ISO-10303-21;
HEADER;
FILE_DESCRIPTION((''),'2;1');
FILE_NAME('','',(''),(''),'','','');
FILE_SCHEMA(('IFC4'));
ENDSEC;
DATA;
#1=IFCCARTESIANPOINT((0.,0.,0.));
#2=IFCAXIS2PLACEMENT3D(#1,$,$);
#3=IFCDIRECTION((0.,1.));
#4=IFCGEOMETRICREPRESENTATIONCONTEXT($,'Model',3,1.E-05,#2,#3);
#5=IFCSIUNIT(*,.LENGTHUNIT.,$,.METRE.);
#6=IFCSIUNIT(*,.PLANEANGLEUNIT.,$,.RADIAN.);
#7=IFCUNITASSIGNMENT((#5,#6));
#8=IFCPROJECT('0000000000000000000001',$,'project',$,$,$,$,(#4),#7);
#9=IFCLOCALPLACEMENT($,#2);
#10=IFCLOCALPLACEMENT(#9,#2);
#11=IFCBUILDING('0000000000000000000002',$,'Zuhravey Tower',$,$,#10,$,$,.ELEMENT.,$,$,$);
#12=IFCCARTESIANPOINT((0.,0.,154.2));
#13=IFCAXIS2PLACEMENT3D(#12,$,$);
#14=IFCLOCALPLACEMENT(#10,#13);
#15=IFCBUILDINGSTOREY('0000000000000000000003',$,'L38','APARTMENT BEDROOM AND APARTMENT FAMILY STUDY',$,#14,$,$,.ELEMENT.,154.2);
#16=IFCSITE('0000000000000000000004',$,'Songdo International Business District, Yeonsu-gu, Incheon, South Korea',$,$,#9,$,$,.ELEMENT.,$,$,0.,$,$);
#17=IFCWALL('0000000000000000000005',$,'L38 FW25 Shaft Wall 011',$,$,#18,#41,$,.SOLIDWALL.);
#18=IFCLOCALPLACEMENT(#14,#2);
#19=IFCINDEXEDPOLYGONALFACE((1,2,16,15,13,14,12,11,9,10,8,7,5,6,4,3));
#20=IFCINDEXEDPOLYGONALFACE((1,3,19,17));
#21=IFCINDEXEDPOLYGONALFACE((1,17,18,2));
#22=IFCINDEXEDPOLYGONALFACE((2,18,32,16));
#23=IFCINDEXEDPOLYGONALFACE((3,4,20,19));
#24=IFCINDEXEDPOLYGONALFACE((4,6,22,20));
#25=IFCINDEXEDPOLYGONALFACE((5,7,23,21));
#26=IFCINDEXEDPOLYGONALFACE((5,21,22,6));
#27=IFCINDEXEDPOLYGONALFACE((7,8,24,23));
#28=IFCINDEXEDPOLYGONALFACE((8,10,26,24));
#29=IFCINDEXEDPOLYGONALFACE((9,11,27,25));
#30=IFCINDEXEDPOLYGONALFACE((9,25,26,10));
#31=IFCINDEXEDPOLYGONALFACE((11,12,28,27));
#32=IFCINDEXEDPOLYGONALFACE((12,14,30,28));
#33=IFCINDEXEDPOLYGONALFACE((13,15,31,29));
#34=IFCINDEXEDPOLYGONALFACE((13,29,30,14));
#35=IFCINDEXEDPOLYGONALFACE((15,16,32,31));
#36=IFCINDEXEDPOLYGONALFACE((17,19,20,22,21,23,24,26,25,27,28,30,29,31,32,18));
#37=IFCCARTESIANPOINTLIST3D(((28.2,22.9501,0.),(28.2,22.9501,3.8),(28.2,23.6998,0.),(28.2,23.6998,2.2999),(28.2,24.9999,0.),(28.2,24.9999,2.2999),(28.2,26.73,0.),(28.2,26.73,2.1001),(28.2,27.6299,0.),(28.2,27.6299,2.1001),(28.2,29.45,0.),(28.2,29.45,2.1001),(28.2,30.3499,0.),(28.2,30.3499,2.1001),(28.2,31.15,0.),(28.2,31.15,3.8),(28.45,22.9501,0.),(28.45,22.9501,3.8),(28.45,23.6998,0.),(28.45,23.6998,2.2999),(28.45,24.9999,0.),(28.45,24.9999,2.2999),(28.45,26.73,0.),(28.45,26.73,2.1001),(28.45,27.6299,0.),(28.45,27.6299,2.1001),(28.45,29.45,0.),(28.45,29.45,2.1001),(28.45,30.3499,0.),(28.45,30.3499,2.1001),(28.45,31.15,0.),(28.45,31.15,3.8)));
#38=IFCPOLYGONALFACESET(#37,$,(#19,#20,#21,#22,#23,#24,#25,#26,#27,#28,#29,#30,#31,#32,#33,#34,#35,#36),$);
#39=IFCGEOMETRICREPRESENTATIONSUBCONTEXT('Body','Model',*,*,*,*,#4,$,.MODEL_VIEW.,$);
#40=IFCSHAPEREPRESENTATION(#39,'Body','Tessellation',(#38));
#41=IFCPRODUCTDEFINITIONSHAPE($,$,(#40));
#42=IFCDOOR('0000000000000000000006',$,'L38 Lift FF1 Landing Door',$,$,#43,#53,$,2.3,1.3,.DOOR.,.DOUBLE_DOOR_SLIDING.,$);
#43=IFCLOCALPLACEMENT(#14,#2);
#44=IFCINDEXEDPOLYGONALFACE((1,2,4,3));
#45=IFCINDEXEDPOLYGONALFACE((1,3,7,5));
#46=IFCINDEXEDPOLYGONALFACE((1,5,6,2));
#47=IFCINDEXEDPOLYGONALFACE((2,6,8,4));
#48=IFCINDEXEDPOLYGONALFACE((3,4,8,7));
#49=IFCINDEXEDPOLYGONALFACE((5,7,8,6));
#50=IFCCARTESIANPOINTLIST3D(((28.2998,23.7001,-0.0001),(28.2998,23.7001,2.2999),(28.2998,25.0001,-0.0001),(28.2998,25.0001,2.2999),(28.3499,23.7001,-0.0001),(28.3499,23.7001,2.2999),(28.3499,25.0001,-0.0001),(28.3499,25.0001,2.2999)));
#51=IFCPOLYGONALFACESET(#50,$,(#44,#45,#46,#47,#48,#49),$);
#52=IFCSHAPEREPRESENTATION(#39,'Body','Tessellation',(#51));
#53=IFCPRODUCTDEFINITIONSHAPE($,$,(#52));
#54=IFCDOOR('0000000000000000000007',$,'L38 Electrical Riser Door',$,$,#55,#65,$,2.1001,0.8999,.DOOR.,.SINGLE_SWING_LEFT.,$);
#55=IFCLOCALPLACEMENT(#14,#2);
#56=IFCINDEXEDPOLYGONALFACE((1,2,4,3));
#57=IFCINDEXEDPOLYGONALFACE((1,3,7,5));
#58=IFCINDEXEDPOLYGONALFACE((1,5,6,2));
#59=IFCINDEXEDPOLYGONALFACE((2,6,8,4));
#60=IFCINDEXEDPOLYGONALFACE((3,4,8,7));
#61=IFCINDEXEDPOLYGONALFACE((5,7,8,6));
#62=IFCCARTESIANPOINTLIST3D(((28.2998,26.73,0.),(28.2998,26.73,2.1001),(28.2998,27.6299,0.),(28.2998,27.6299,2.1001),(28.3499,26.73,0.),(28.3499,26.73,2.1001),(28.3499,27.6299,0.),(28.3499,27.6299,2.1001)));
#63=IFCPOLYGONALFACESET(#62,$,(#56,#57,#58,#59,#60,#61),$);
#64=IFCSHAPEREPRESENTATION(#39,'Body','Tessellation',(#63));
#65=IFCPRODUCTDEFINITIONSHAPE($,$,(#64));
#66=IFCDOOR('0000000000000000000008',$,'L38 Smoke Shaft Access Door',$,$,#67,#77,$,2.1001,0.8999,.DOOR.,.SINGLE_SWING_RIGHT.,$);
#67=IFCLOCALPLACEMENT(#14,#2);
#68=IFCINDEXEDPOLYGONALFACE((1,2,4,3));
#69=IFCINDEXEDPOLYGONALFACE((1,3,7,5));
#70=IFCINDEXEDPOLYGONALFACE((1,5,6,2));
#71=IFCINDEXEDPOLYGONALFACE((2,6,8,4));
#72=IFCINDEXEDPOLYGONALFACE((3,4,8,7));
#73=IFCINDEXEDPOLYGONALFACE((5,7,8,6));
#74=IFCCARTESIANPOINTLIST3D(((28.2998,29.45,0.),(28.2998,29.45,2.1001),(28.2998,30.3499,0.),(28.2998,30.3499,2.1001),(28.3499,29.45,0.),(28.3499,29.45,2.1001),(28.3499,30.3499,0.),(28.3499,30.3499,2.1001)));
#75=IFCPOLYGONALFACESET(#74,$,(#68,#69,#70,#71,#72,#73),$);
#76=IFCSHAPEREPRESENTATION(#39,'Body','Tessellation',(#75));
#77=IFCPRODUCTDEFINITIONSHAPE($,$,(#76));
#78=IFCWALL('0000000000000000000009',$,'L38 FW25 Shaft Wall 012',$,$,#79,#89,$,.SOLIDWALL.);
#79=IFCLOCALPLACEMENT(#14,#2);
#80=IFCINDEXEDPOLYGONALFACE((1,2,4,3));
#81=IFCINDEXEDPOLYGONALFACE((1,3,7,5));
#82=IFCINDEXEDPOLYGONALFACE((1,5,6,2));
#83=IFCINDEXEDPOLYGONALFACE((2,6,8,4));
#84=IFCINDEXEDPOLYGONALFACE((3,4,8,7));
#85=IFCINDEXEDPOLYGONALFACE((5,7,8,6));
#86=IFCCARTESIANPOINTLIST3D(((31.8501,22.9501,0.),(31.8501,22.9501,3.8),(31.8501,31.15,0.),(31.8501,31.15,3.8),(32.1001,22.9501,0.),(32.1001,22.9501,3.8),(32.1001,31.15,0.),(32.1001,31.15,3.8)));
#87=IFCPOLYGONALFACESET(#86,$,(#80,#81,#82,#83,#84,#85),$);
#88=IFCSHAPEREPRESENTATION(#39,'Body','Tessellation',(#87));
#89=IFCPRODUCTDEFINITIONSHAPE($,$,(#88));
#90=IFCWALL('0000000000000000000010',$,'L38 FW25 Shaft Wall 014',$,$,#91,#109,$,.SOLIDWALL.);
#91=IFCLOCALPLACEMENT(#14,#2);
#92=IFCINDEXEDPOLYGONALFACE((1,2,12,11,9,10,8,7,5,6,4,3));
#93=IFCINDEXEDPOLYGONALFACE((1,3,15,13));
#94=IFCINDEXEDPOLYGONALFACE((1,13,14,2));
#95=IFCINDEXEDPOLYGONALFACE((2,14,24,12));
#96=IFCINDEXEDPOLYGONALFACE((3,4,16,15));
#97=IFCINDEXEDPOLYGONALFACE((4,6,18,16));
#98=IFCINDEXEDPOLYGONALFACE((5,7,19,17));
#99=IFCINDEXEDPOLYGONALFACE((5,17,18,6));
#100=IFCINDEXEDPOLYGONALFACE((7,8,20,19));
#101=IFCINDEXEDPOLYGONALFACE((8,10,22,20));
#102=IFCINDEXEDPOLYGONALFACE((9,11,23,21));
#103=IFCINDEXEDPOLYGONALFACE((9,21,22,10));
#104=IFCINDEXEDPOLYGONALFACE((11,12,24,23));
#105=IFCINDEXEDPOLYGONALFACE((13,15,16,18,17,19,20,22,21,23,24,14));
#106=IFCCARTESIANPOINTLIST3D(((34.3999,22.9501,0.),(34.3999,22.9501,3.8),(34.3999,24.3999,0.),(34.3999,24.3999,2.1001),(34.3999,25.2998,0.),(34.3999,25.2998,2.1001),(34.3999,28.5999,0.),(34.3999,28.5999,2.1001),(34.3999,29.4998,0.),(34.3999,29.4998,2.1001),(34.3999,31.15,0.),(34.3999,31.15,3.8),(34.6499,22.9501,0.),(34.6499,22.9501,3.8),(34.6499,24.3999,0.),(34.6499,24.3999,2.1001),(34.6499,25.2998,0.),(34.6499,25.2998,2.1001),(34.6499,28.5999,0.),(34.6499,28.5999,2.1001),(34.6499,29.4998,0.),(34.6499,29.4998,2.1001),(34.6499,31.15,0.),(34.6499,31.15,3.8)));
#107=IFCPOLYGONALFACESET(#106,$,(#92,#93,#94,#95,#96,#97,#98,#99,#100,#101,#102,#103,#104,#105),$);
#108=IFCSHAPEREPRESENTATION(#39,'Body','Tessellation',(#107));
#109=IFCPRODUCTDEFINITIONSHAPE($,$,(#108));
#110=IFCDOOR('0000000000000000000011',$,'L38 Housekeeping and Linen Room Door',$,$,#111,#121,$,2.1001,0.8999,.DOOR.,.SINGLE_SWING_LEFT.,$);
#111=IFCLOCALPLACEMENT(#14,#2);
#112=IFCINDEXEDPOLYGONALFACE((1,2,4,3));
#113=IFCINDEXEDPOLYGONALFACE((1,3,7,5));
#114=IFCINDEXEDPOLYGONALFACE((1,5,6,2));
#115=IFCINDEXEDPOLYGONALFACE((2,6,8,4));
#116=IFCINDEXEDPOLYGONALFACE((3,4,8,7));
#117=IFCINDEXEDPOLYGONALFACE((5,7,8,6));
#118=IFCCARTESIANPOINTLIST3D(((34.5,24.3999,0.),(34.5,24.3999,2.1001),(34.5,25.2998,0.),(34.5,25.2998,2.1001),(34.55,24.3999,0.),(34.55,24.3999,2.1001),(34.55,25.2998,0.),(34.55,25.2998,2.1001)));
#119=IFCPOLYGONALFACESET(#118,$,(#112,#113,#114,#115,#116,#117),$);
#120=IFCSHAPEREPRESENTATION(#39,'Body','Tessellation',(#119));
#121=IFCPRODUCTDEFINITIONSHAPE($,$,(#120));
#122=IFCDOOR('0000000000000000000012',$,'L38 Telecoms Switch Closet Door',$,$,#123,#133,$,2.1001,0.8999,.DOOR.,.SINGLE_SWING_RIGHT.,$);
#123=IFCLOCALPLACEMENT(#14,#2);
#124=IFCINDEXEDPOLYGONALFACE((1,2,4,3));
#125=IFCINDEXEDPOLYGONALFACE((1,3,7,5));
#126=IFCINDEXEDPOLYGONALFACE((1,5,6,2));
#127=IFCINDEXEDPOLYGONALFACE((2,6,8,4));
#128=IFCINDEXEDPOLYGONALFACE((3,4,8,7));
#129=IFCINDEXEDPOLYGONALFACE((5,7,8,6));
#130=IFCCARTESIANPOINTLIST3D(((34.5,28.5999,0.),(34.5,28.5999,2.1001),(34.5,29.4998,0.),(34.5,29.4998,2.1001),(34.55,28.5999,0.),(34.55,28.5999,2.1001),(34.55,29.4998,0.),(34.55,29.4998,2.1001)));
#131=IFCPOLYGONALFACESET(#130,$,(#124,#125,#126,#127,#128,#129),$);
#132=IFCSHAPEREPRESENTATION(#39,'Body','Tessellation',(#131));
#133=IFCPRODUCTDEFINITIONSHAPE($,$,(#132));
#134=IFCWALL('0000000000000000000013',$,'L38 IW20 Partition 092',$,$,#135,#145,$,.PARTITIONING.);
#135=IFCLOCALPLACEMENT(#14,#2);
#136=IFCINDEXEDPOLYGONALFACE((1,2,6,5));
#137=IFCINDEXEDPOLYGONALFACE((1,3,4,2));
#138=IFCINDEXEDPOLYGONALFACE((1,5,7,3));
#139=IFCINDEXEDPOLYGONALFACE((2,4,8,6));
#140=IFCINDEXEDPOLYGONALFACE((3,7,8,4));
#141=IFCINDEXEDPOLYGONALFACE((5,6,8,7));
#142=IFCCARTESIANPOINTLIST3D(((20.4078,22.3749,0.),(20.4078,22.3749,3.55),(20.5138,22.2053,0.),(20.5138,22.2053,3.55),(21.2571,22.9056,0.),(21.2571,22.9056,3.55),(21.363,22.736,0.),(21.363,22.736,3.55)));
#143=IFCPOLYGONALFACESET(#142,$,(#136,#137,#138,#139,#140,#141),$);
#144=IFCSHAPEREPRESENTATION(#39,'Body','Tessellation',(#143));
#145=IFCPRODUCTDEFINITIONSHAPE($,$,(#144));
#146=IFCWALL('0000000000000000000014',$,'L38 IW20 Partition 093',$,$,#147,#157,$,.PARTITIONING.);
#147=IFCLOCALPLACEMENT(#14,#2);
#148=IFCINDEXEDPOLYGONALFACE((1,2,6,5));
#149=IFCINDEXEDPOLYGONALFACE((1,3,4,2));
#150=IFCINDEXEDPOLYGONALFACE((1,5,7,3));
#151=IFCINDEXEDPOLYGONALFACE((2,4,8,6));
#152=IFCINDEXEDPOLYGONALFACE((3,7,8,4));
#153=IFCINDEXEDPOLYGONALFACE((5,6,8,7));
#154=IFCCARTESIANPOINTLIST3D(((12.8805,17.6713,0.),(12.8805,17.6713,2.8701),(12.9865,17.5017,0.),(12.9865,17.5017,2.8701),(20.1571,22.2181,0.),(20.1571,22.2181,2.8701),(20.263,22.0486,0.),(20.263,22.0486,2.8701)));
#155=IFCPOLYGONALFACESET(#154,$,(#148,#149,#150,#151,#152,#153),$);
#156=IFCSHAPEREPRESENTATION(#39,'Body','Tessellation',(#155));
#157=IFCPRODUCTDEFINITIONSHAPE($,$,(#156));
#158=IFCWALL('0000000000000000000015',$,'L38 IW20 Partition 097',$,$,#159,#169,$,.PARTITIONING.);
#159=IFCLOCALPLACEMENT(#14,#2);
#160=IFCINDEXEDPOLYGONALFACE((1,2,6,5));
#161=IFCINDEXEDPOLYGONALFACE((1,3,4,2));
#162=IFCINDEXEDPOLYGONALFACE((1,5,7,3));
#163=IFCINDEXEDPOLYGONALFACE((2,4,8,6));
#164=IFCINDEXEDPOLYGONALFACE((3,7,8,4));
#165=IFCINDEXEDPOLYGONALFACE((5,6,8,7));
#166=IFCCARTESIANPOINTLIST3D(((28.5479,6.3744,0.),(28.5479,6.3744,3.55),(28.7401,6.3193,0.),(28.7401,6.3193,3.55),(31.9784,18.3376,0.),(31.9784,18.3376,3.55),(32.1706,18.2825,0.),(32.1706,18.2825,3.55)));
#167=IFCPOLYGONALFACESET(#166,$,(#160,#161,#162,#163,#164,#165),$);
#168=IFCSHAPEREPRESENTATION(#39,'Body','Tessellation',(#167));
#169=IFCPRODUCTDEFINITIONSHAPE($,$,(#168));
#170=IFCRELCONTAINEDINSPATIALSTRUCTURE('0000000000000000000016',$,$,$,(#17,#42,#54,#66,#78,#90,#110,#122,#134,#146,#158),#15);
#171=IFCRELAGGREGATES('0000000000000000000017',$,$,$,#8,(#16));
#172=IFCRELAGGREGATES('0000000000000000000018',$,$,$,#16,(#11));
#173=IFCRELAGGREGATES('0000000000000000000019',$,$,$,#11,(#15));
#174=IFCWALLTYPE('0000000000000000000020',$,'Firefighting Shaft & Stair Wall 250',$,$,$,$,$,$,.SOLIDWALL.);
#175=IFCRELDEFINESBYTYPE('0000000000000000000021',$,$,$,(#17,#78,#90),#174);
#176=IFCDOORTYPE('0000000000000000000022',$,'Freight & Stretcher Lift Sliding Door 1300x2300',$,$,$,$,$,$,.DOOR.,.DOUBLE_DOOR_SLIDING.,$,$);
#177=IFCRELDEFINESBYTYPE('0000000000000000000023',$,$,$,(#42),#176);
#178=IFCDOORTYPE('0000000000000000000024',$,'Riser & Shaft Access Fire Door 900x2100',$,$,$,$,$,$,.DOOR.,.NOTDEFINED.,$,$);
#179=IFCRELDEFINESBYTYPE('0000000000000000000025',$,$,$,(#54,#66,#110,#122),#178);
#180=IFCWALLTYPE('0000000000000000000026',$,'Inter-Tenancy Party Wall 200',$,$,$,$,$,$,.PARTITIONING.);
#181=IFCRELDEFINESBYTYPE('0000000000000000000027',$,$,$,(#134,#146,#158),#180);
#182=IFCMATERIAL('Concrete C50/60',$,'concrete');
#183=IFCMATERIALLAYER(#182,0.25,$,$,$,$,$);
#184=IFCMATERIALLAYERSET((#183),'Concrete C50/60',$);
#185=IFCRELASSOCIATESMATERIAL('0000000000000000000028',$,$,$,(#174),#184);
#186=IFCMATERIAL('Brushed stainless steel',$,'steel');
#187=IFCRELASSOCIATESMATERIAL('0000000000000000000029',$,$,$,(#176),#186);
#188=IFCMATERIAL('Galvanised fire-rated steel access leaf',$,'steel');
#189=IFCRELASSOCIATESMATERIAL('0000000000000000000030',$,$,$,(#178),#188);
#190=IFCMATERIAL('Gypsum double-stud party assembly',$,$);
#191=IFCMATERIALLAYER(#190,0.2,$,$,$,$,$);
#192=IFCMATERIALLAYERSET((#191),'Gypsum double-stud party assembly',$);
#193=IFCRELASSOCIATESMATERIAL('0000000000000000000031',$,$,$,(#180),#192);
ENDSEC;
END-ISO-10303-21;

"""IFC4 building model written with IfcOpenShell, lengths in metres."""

from ifc_helpers import new_model, si_unit, direction, frame, frame_2d, origin, place, context, subcontext, project, spatial, rectangle, extrude, material, layer, layer_set, type_object, element, fill, save


model = new_model("IFC4")

# Units and contexts
model_context = context("Model", 3, precision=1e-05, world=origin(), true_north=direction((0.0, 1.0)))
body_context = subcontext(model_context, "Body", "Model", "MODEL_VIEW")
ifc_project = project(units=[si_unit("LENGTHUNIT", "METRE"), si_unit("PLANEANGLEUNIT", "RADIAN")], contexts=[model_context])

# Site, building, storey
site_placement = place(None, origin())
site = spatial("IfcSite", under=ifc_project, at=site_placement, Name="Songdo International Business District, Yeonsu-gu, Incheon, South Korea", CompositionType="ELEMENT", RefElevation=0.0)
building_placement = place(site_placement, origin())
building = spatial("IfcBuilding", under=site, at=building_placement, Name="Zuhravey Tower", CompositionType="ELEMENT")
storey_placement = place(building_placement, frame((0.0, 0.0, 154.2)))
storey = spatial("IfcBuildingStorey", under=building, at=storey_placement, Name="L38", Description="APARTMENT BEDROOM AND APARTMENT FAMILY STUDY", CompositionType="ELEMENT", Elevation=154.2)

# Wall, openings, doors
ifc_material_1 = material(Name="Concrete C50/60", Category="concrete")
ifc_layer_1 = layer(ifc_material_1, 0.25)
ifc_layer_set_1 = layer_set([ifc_layer_1], Name="Concrete C50/60")
wall_type_1 = type_object("IfcWallType", Name="Firefighting Shaft & Stair Wall 250", PredefinedType="SOLIDWALL", material=ifc_layer_set_1)
wall_1_placement = place(storey_placement, frame((28.325, 22.95, 0.0), z_axis=(0.0, 0.0, 1.0), x_axis=(0.0, 1.0, 0.0)))
wall_1 = element("IfcWall", 1, at=wall_1_placement, inside=storey, type_object=wall_type_1, Name="L38 FW25 Shaft Wall 011", PredefinedType="SOLIDWALL", context=body_context, shape_type="SweptSolid", body=[
    extrude(rectangle(XDim=8.2, YDim=0.25, at=frame_2d((4.1001, 0.0))), origin(), (0.0, 0.0, 1.0), 3.8),
])
opening_1_placement = place(wall_1_placement, frame((0.75, 0.0, 0.0)))
opening_1 = element("IfcOpeningElement", 2, at=opening_1_placement, cuts=wall_1, PredefinedType="OPENING", context=body_context, shape_type="SweptSolid", body=[
    extrude(rectangle(XDim=1.3, YDim=2.3, at=frame_2d((0.6499, 1.1499))), frame((0.0, 0.137, 0.0), z_axis=(0.0, -1.0, 0.0), x_axis=(1.0, 0.0, 0.0)), (0.0, 0.0, 1.0), 0.2739),
])
opening_2_placement = place(wall_1_placement, frame((3.78, 0.0, 0.0)))
opening_2 = element("IfcOpeningElement", 3, at=opening_2_placement, cuts=wall_1, PredefinedType="OPENING", context=body_context, shape_type="SweptSolid", body=[
    extrude(rectangle(XDim=0.8999, YDim=2.1001, at=frame_2d((0.45, 1.05))), frame((0.0, 0.137, 0.0), z_axis=(0.0, -1.0, 0.0), x_axis=(1.0, 0.0, 0.0)), (0.0, 0.0, 1.0), 0.2739),
])
opening_3_placement = place(wall_1_placement, frame((6.5, 0.0, 0.0)))
opening_3 = element("IfcOpeningElement", 4, at=opening_3_placement, cuts=wall_1, PredefinedType="OPENING", context=body_context, shape_type="SweptSolid", body=[
    extrude(rectangle(XDim=0.8999, YDim=2.1001, at=frame_2d((0.45, 1.05))), frame((0.0, 0.137, 0.0), z_axis=(0.0, -1.0, 0.0), x_axis=(1.0, 0.0, 0.0)), (0.0, 0.0, 1.0), 0.2739),
])
ifc_material_2 = material(Name="Brushed stainless steel", Category="steel")
door_type_1 = type_object("IfcDoorType", Name="Freight & Stretcher Lift Sliding Door 1300x2300", OperationType="DOUBLE_DOOR_SLIDING", PredefinedType="DOOR", material=ifc_material_2)
door_1_placement = place(opening_1_placement, frame((1.3, 0.0, 0.0), z_axis=(0.0, 0.0, 1.0), x_axis=(-1.0, 0.0, 0.0)))
door_1 = element("IfcDoor", 5, at=door_1_placement, inside=storey, type_object=door_type_1, Name="L38 Lift FF1 Landing Door", OperationType="DOUBLE_DOOR_SLIDING", OverallHeight=2.3, OverallWidth=1.3, PredefinedType="DOOR", context=body_context, shape_type="SweptSolid", body=[
    extrude(rectangle(XDim=1.3, YDim=2.3, at=frame_2d((0.6499, 1.1499))), frame((0.0, 0.0249, 0.0), z_axis=(0.0, -1.0, 0.0), x_axis=(1.0, 0.0, 0.0)), (0.0, 0.0, 1.0), 0.05),
])
fill(opening_1, door_1)
ifc_material_3 = material(Name="Galvanised fire-rated steel access leaf", Category="steel")
door_type_2 = type_object("IfcDoorType", Name="Riser & Shaft Access Fire Door 900x2100", OperationType="NOTDEFINED", PredefinedType="DOOR", material=ifc_material_3)
door_2_placement = place(opening_2_placement, frame((0.8999, 0.0, 0.0), z_axis=(0.0, 0.0, 1.0), x_axis=(-1.0, 0.0, 0.0)))
door_2 = element("IfcDoor", 6, at=door_2_placement, inside=storey, type_object=door_type_2, Name="L38 Electrical Riser Door", OperationType="SINGLE_SWING_LEFT", OverallHeight=2.1001, OverallWidth=0.8999, PredefinedType="DOOR", context=body_context, shape_type="SweptSolid", body=[
    extrude(rectangle(XDim=0.8999, YDim=2.1001, at=frame_2d((0.45, 1.05))), frame((0.0, 0.0249, 0.0), z_axis=(0.0, -1.0, 0.0), x_axis=(1.0, 0.0, 0.0)), (0.0, 0.0, 1.0), 0.05),
])
fill(opening_2, door_2)
door_3_placement = place(opening_3_placement, frame((0.8999, 0.0, 0.0), z_axis=(0.0, 0.0, 1.0), x_axis=(-1.0, 0.0, 0.0)))
door_3 = element("IfcDoor", 7, at=door_3_placement, inside=storey, type_object=door_type_2, Name="L38 Smoke Shaft Access Door", OperationType="SINGLE_SWING_RIGHT", OverallHeight=2.1001, OverallWidth=0.8999, PredefinedType="DOOR", context=body_context, shape_type="SweptSolid", body=[
    extrude(rectangle(XDim=0.8999, YDim=2.1001, at=frame_2d((0.45, 1.05))), frame((0.0, 0.0249, 0.0), z_axis=(0.0, -1.0, 0.0), x_axis=(1.0, 0.0, 0.0)), (0.0, 0.0, 1.0), 0.05),
])
fill(opening_3, door_3)

# Wall
wall_2_placement = place(storey_placement, frame((31.9751, 22.95, 0.0), z_axis=(0.0, 0.0, 1.0), x_axis=(0.0, 1.0, 0.0)))
element("IfcWall", 8, at=wall_2_placement, inside=storey, type_object=wall_type_1, Name="L38 FW25 Shaft Wall 012", PredefinedType="SOLIDWALL", context=body_context, shape_type="SweptSolid", body=[
    extrude(rectangle(XDim=8.2, YDim=0.25, at=frame_2d((4.1001, 0.0))), origin(), (0.0, 0.0, 1.0), 3.8),
])

# Wall, openings, doors
wall_3_placement = place(storey_placement, frame((34.5249, 22.95, 0.0), z_axis=(0.0, 0.0, 1.0), x_axis=(0.0, 1.0, 0.0)))
wall_3 = element("IfcWall", 9, at=wall_3_placement, inside=storey, type_object=wall_type_1, Name="L38 FW25 Shaft Wall 014", PredefinedType="SOLIDWALL", context=body_context, shape_type="SweptSolid", body=[
    extrude(rectangle(XDim=8.2, YDim=0.25, at=frame_2d((4.1001, 0.0))), origin(), (0.0, 0.0, 1.0), 3.8),
])
opening_4_placement = place(wall_3_placement, frame((1.45, 0.0, 0.0)))
opening_4 = element("IfcOpeningElement", 10, at=opening_4_placement, cuts=wall_3, PredefinedType="OPENING", context=body_context, shape_type="SweptSolid", body=[
    extrude(rectangle(XDim=0.8999, YDim=2.1001, at=frame_2d((0.45, 1.05))), frame((0.0, 0.137, 0.0), z_axis=(0.0, -1.0, 0.0), x_axis=(1.0, 0.0, 0.0)), (0.0, 0.0, 1.0), 0.2739),
])
opening_5_placement = place(wall_3_placement, frame((5.6499, 0.0, 0.0)))
opening_5 = element("IfcOpeningElement", 11, at=opening_5_placement, cuts=wall_3, PredefinedType="OPENING", context=body_context, shape_type="SweptSolid", body=[
    extrude(rectangle(XDim=0.8999, YDim=2.1001, at=frame_2d((0.45, 1.05))), frame((0.0, 0.137, 0.0), z_axis=(0.0, -1.0, 0.0), x_axis=(1.0, 0.0, 0.0)), (0.0, 0.0, 1.0), 0.2739),
])
door_4_placement = place(opening_4_placement, origin())
door_4 = element("IfcDoor", 12, at=door_4_placement, inside=storey, type_object=door_type_2, Name="L38 Housekeeping and Linen Room Door", OperationType="SINGLE_SWING_LEFT", OverallHeight=2.1001, OverallWidth=0.8999, PredefinedType="DOOR", context=body_context, shape_type="SweptSolid", body=[
    extrude(rectangle(XDim=0.8999, YDim=2.1001, at=frame_2d((0.45, 1.05))), frame((0.0, 0.0249, 0.0), z_axis=(0.0, -1.0, 0.0), x_axis=(1.0, 0.0, 0.0)), (0.0, 0.0, 1.0), 0.05),
])
fill(opening_4, door_4)
door_5_placement = place(opening_5_placement, origin())
door_5 = element("IfcDoor", 13, at=door_5_placement, inside=storey, type_object=door_type_2, Name="L38 Telecoms Switch Closet Door", OperationType="SINGLE_SWING_RIGHT", OverallHeight=2.1001, OverallWidth=0.8999, PredefinedType="DOOR", context=body_context, shape_type="SweptSolid", body=[
    extrude(rectangle(XDim=0.8999, YDim=2.1001, at=frame_2d((0.45, 1.05))), frame((0.0, 0.0249, 0.0), z_axis=(0.0, -1.0, 0.0), x_axis=(1.0, 0.0, 0.0)), (0.0, 0.0, 1.0), 0.05),
])
fill(opening_5, door_5)

# Walls
ifc_material_4 = material(Name="Gypsum double-stud party assembly")
ifc_layer_2 = layer(ifc_material_4, 0.2)
ifc_layer_set_2 = layer_set([ifc_layer_2], Name="Gypsum double-stud party assembly")
wall_type_2 = type_object("IfcWallType", Name="Inter-Tenancy Party Wall 200", PredefinedType="PARTITIONING", material=ifc_layer_set_2)
wall_4_placement = place(storey_placement, frame((21.3101, 22.8208, 0.0), z_axis=(0.0, 0.0, 1.0), x_axis=(-0.848039, -0.529933, 0.0)))
element("IfcWall", 14, at=wall_4_placement, inside=storey, type_object=wall_type_2, Name="L38 IW20 Partition 092", PredefinedType="PARTITIONING", context=body_context, shape_type="SweptSolid", body=[
    extrude(rectangle(XDim=1.0015, YDim=0.2, at=frame_2d((0.5007, 0.0))), origin(), (0.0, 0.0, 1.0), 3.55),
])
wall_5_placement = place(storey_placement, frame((20.21, 22.1333, 0.0), z_axis=(0.0, 0.0, 1.0), x_axis=(-0.848051, -0.529915, 0.0)))
element("IfcWall", 15, at=wall_5_placement, inside=storey, type_object=wall_type_2, Name="L38 IW20 Partition 093", PredefinedType="PARTITIONING", context=body_context, shape_type="SweptSolid", body=[
    extrude(rectangle(XDim=8.5803, YDim=0.2, at=frame_2d((4.29, 0.0))), origin(), (0.0, 0.0, 1.0), 2.8701),
])
wall_6_placement = place(storey_placement, frame((32.0745, 18.3101, 0.0), z_axis=(0.0, 0.0, 1.0), x_axis=(-0.275641, -0.961261, 0.0)))
element("IfcWall", 16, at=wall_6_placement, inside=storey, type_object=wall_type_2, Name="L38 IW20 Partition 097", PredefinedType="PARTITIONING", context=body_context, shape_type="SweptSolid", body=[
    extrude(rectangle(XDim=12.4453, YDim=0.2, at=frame_2d((6.2227, 0.0))), origin(), (0.0, 0.0, 1.0), 3.55),
])

save(model, "model.ifc")
